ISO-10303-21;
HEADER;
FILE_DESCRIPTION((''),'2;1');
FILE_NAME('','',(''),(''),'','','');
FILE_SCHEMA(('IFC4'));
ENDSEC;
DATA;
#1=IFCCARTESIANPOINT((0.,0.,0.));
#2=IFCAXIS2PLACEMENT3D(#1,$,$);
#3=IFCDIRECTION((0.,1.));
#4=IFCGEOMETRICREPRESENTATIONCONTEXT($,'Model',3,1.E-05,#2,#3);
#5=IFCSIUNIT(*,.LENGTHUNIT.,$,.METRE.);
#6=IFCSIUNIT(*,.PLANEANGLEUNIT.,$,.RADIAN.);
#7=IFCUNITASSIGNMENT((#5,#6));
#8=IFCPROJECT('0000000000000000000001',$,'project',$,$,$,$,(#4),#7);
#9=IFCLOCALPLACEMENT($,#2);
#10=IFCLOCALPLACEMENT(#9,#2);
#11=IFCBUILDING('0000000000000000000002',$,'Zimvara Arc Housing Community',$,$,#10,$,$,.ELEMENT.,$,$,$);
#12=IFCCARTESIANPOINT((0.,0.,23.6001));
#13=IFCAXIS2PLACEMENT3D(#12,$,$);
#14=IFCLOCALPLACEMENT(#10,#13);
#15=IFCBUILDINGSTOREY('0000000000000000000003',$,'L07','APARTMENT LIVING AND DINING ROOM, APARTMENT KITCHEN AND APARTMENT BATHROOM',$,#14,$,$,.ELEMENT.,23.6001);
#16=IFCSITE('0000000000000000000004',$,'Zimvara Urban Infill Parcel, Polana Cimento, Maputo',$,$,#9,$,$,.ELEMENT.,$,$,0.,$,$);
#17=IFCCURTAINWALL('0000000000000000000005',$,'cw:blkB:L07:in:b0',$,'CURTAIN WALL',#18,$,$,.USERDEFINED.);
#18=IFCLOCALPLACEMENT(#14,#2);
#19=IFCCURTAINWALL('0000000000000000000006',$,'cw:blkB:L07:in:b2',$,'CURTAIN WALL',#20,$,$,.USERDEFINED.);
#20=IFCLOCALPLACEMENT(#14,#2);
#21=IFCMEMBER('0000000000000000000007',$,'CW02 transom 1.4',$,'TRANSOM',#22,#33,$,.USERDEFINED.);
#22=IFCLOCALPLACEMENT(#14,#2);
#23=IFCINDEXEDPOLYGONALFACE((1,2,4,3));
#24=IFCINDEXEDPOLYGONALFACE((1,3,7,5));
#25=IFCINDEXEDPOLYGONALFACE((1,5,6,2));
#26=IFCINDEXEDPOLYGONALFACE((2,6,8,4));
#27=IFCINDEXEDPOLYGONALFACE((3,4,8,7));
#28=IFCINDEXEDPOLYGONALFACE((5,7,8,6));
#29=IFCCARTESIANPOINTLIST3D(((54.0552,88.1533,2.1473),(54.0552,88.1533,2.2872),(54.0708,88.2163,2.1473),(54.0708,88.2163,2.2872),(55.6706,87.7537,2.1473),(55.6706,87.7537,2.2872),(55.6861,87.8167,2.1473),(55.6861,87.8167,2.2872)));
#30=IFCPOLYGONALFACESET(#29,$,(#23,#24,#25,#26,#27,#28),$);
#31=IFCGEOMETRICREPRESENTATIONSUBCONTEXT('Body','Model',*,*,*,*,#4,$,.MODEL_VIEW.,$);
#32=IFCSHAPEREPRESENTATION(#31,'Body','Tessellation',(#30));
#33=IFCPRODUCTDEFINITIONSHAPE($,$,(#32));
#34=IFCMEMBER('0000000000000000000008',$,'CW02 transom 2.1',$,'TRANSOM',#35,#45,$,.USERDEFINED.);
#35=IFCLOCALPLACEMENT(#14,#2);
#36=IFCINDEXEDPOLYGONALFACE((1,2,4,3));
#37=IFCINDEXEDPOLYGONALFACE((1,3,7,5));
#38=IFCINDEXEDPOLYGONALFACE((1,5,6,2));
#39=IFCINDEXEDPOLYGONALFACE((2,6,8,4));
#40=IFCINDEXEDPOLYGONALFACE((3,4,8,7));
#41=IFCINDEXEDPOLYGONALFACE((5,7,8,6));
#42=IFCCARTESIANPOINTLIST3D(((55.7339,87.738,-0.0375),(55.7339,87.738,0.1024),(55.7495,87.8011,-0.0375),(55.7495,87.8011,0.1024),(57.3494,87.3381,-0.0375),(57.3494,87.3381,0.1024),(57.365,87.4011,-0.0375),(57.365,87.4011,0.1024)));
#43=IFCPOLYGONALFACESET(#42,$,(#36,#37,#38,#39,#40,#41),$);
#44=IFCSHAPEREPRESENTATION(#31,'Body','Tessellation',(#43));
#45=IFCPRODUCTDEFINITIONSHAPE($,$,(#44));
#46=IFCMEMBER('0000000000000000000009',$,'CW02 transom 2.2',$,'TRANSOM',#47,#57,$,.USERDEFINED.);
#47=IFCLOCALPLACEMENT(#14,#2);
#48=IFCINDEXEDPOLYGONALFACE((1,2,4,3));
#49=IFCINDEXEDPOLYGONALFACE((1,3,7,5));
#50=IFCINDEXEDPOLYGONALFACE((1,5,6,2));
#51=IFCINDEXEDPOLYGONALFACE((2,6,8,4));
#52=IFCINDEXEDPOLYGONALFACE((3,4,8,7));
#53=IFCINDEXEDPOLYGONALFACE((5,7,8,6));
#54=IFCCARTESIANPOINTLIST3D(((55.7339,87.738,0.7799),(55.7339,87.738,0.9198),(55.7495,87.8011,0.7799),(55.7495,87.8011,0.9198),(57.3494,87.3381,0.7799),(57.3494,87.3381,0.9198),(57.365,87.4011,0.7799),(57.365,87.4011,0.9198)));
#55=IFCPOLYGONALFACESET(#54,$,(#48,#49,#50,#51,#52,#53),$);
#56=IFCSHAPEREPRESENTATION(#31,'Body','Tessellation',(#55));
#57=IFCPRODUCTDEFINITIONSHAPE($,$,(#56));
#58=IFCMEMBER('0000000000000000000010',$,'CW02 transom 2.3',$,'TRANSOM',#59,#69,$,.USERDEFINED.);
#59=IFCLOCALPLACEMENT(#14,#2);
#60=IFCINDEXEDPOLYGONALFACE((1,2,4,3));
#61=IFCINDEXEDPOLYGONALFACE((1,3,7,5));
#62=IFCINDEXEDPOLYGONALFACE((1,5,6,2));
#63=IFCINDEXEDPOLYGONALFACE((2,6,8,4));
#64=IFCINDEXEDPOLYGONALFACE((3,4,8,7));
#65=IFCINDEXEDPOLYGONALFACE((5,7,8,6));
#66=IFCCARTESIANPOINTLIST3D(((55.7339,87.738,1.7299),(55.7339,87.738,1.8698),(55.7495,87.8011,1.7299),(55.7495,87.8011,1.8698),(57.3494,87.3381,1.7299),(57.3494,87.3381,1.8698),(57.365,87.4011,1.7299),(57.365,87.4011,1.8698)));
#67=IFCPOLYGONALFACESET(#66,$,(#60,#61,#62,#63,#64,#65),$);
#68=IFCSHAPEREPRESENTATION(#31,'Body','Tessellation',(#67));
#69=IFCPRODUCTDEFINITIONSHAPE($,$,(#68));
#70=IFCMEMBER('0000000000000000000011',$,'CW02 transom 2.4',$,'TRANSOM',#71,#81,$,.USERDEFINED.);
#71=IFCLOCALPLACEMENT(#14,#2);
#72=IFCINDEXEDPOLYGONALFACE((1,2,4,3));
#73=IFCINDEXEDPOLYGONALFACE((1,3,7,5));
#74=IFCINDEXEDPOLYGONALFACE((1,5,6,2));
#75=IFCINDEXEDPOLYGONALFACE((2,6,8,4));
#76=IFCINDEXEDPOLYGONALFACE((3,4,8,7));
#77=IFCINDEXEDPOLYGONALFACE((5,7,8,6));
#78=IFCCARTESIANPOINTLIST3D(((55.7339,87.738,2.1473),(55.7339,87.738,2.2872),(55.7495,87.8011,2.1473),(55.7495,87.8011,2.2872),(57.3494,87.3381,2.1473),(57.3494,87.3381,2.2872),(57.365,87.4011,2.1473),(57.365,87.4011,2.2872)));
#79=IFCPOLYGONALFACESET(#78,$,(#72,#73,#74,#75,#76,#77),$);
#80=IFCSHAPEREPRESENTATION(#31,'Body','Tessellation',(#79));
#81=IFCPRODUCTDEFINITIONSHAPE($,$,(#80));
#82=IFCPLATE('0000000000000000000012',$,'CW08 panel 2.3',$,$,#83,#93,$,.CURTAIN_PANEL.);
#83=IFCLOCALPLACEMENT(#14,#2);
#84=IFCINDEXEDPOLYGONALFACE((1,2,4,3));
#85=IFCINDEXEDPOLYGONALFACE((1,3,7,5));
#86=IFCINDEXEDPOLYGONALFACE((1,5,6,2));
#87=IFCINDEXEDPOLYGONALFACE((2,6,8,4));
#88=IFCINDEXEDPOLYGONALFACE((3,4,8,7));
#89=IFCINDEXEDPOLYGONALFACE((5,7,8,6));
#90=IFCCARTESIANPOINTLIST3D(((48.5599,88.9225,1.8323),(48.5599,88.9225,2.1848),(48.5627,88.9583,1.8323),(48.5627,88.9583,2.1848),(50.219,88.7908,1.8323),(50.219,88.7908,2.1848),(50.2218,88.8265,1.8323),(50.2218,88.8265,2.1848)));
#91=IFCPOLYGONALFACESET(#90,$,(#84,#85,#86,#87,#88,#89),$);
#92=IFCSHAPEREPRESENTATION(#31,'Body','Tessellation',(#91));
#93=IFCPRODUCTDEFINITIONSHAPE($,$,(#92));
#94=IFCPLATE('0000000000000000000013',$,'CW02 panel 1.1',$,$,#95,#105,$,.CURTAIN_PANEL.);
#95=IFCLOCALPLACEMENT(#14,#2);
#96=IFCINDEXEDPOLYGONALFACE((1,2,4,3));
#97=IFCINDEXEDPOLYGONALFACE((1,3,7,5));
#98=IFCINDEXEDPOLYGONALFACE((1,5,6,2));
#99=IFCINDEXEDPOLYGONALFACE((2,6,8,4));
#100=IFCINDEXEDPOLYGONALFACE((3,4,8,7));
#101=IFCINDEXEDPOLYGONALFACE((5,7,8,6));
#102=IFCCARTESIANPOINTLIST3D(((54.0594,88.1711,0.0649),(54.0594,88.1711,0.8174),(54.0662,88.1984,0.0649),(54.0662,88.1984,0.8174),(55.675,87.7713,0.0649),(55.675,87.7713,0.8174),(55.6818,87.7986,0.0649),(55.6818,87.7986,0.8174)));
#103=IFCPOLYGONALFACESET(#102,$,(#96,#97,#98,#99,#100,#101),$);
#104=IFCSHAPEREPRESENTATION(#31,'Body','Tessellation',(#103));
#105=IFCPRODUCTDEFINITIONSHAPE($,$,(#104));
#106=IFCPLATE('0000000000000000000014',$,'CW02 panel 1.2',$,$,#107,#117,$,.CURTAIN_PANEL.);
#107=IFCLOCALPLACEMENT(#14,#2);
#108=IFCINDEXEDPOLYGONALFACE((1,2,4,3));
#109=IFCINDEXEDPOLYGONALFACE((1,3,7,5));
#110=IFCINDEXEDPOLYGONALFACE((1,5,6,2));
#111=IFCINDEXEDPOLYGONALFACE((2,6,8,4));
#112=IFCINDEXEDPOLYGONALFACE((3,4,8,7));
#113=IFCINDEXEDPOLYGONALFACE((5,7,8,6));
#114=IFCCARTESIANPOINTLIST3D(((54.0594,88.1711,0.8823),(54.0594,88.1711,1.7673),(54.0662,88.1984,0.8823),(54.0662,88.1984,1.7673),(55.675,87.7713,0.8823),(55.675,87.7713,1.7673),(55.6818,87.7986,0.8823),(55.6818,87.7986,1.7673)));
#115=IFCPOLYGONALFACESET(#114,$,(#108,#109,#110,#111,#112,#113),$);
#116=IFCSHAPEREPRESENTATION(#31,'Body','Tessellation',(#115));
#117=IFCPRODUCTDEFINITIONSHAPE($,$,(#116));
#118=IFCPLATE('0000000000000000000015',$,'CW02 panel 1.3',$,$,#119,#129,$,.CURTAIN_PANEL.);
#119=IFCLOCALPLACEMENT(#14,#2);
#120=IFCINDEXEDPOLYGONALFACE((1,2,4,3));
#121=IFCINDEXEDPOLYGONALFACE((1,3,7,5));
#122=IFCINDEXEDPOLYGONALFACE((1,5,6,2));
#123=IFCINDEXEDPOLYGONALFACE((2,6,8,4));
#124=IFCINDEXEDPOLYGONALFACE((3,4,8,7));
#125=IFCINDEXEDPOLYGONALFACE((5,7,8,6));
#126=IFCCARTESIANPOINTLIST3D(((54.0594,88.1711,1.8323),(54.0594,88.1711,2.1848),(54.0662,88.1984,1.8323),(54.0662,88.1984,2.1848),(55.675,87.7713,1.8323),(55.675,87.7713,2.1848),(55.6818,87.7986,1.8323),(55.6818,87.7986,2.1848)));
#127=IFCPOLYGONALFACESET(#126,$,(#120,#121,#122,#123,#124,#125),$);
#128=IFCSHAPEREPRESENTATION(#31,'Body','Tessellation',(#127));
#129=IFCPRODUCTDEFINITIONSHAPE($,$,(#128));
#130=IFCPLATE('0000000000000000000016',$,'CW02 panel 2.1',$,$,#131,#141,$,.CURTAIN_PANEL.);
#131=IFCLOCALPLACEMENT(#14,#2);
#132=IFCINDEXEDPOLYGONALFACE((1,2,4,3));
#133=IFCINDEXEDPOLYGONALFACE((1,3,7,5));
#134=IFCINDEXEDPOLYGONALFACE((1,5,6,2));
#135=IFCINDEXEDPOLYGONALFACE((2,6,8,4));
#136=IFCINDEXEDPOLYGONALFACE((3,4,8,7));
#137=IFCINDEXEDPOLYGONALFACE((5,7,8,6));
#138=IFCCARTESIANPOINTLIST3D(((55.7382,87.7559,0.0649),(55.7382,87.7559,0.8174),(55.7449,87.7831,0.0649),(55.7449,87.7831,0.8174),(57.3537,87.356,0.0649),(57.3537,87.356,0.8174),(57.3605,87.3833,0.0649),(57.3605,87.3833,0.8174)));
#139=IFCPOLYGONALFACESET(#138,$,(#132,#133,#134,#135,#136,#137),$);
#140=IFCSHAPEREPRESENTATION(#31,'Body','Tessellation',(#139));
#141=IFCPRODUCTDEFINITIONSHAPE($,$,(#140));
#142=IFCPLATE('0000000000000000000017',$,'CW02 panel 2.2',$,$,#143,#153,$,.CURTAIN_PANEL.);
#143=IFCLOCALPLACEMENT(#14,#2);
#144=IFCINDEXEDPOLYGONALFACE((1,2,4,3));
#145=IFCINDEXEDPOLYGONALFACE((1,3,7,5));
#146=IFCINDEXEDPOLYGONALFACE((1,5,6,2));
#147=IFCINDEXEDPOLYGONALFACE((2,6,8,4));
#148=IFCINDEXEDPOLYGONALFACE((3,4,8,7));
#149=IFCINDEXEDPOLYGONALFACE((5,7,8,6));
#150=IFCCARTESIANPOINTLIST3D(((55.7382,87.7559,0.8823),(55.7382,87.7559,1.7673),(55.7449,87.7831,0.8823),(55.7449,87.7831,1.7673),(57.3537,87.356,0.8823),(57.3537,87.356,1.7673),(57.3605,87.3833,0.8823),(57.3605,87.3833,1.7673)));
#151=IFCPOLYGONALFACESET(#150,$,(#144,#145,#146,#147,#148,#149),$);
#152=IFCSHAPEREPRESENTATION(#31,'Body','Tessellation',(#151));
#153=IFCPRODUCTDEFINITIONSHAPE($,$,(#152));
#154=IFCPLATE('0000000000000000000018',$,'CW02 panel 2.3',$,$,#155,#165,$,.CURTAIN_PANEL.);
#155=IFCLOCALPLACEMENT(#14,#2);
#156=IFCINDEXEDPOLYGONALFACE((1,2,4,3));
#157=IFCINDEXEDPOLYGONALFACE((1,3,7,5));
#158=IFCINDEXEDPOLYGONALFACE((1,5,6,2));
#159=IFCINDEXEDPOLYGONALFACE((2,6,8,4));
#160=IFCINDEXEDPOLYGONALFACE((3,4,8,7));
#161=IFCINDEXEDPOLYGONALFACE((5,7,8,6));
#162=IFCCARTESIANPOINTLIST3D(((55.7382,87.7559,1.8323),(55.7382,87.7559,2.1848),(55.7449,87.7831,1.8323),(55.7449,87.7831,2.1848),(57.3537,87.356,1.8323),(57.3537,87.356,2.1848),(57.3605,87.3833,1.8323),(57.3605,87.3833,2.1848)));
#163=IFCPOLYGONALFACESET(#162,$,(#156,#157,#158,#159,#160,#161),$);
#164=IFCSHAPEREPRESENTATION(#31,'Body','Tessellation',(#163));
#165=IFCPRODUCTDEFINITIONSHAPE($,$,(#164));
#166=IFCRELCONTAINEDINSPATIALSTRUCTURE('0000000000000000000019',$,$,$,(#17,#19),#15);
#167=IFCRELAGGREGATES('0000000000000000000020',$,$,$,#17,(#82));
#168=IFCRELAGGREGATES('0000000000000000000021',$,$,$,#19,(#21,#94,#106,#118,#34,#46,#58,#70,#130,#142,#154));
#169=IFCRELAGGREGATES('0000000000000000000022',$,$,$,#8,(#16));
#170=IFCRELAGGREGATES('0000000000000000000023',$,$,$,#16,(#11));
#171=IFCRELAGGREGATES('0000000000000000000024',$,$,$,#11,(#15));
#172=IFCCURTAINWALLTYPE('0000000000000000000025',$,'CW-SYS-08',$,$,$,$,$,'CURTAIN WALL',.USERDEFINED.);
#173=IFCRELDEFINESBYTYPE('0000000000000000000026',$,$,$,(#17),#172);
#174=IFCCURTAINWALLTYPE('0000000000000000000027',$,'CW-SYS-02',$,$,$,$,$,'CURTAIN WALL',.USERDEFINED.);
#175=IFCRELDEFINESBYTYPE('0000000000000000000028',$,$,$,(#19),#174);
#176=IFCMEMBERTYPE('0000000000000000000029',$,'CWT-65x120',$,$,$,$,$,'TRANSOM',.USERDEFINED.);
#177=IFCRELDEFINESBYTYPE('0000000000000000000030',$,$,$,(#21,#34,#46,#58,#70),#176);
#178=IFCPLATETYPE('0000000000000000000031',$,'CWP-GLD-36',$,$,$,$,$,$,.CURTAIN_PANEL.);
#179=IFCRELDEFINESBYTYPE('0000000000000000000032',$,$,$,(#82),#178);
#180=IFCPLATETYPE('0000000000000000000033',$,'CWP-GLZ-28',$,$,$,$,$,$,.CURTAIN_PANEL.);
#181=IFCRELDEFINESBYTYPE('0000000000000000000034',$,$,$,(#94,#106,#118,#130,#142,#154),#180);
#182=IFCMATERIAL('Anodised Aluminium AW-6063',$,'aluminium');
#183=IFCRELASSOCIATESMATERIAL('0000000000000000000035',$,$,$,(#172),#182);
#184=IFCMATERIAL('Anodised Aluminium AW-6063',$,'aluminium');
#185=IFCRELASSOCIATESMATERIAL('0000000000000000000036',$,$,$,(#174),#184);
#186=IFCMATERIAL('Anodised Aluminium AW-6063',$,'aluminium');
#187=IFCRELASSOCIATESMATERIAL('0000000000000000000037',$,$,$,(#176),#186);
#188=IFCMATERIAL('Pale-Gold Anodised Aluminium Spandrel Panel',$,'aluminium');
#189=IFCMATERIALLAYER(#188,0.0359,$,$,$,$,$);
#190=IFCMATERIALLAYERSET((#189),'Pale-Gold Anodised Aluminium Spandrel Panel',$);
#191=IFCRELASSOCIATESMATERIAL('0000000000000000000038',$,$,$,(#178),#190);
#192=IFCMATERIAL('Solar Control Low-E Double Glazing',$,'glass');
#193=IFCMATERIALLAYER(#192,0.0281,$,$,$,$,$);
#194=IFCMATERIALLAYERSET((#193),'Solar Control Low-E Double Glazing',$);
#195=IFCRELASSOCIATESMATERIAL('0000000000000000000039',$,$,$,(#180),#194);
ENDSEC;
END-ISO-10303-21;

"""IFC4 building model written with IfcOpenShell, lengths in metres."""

from ifc_helpers import new_model, si_unit, direction, frame, origin, origin_2d, place, context, subcontext, project, spatial, rectangle, extrude, material, layer, layer_set, material_profile, profile_set, type_object, element, aggregate, save


model = new_model("IFC4")

# Units and contexts
model_context = context("Model", 3, precision=1e-05, world=origin(), true_north=direction((0.0, 1.0)))
body_context = subcontext(model_context, "Body", "Model", "MODEL_VIEW")
ifc_project = project(units=[si_unit("LENGTHUNIT", "METRE"), si_unit("PLANEANGLEUNIT", "RADIAN")], contexts=[model_context])

# Site, building, storey
site_placement = place(None, origin())
site = spatial("IfcSite", under=ifc_project, at=site_placement, Name="Zimvara Urban Infill Parcel, Polana Cimento, Maputo", CompositionType="ELEMENT", RefElevation=0.0)
building_placement = place(site_placement, origin())
building = spatial("IfcBuilding", under=site, at=building_placement, Name="Zimvara Arc Housing Community", CompositionType="ELEMENT")
storey_placement = place(building_placement, frame((0.0, 0.0, 23.6001)))
storey = spatial("IfcBuildingStorey", under=building, at=storey_placement, Name="L07", Description="APARTMENT LIVING AND DINING ROOM, APARTMENT KITCHEN AND APARTMENT BATHROOM", CompositionType="ELEMENT", Elevation=23.6001)

# Curtain wall
ifc_material_1 = material(Name="Anodised Aluminium AW-6063", Category="aluminium")
curtain_wall_type_1 = type_object("IfcCurtainWallType", Name="CW-SYS-08", ElementType="CURTAIN WALL", PredefinedType="USERDEFINED", material=ifc_material_1)
curtain_wall_1_placement = place(storey_placement, origin())
curtain_wall_1 = element("IfcCurtainWall", 1, at=curtain_wall_1_placement, inside=storey, type_object=curtain_wall_type_1, Name="cw:blkB:L07:in:b0", ObjectType="CURTAIN WALL", PredefinedType="USERDEFINED")

# Curtain wall, members
ifc_material_2 = material(Name="Anodised Aluminium AW-6063", Category="aluminium")
curtain_wall_type_2 = type_object("IfcCurtainWallType", Name="CW-SYS-02", ElementType="CURTAIN WALL", PredefinedType="USERDEFINED", material=ifc_material_2)
curtain_wall_2_placement = place(storey_placement, origin())
curtain_wall_2 = element("IfcCurtainWall", 2, at=curtain_wall_2_placement, inside=storey, type_object=curtain_wall_type_2, Name="cw:blkB:L07:in:b2", ObjectType="CURTAIN WALL", PredefinedType="USERDEFINED")
ifc_material_3 = material(Name="Anodised Aluminium AW-6063", Category="aluminium")
ifc_material_profile_1 = material_profile(ifc_material_3, rectangle(XDim=0.0649, YDim=0.1399, at=origin_2d()), Name="ALU 65x140")
ifc_profile_set_1 = profile_set([ifc_material_profile_1], Name="Anodised Aluminium AW-6063")
member_type_1 = type_object("IfcMemberType", Name="CWT-65x120", ElementType="TRANSOM", PredefinedType="USERDEFINED", material=ifc_profile_set_1)
member_1_placement = place(storey_placement, frame((54.063, 88.1848, 2.2173), z_axis=(0.970735, -0.240153, 0.0), x_axis=(0.240153, 0.970735, 0.0)))
member_1 = element("IfcMember", 3, at=member_1_placement, type_object=member_type_1, Name="CW02 transom 1.4", ObjectType="TRANSOM", PredefinedType="USERDEFINED", context=body_context, shape_type="SweptSolid", body=[
    extrude(rectangle(XDim=0.0649, YDim=0.1399, at=origin_2d()), origin(), (0.0, 0.0, 1.0), 1.6641),
])
member_2_placement = place(storey_placement, frame((55.7417, 87.7695, 0.0325), z_axis=(0.970701, -0.240291, 0.0), x_axis=(0.240291, 0.970701, 0.0)))
member_2 = element("IfcMember", 4, at=member_2_placement, type_object=member_type_1, Name="CW02 transom 2.1", ObjectType="TRANSOM", PredefinedType="USERDEFINED", context=body_context, shape_type="SweptSolid", body=[
    extrude(rectangle(XDim=0.0649, YDim=0.1399, at=origin_2d()), origin(), (0.0, 0.0, 1.0), 1.6643),
])
member_3_placement = place(storey_placement, frame((55.7417, 87.7695, 0.8499), z_axis=(0.970701, -0.240291, 0.0), x_axis=(0.240291, 0.970701, 0.0)))
member_3 = element("IfcMember", 5, at=member_3_placement, type_object=member_type_1, Name="CW02 transom 2.2", ObjectType="TRANSOM", PredefinedType="USERDEFINED", context=body_context, shape_type="SweptSolid", body=[
    extrude(rectangle(XDim=0.0649, YDim=0.1399, at=origin_2d()), origin(), (0.0, 0.0, 1.0), 1.6643),
])
member_4_placement = place(storey_placement, frame((55.7417, 87.7695, 1.7998), z_axis=(0.970701, -0.240291, 0.0), x_axis=(0.240291, 0.970701, 0.0)))
member_4 = element("IfcMember", 6, at=member_4_placement, type_object=member_type_1, Name="CW02 transom 2.3", ObjectType="TRANSOM", PredefinedType="USERDEFINED", context=body_context, shape_type="SweptSolid", body=[
    extrude(rectangle(XDim=0.0649, YDim=0.1399, at=origin_2d()), origin(), (0.0, 0.0, 1.0), 1.6643),
])
member_5_placement = place(storey_placement, frame((55.7417, 87.7695, 2.2173), z_axis=(0.970701, -0.240291, 0.0), x_axis=(0.240291, 0.970701, 0.0)))
member_5 = element("IfcMember", 7, at=member_5_placement, type_object=member_type_1, Name="CW02 transom 2.4", ObjectType="TRANSOM", PredefinedType="USERDEFINED", context=body_context, shape_type="SweptSolid", body=[
    extrude(rectangle(XDim=0.0649, YDim=0.1399, at=origin_2d()), origin(), (0.0, 0.0, 1.0), 1.6643),
])

# Plates
ifc_material_4 = material(Name="Pale-Gold Anodised Aluminium Spandrel Panel", Category="aluminium")
ifc_layer_1 = layer(ifc_material_4, 0.0359)
ifc_layer_set_1 = layer_set([ifc_layer_1], Name="Pale-Gold Anodised Aluminium Spandrel Panel")
plate_type_1 = type_object("IfcPlateType", Name="CWP-GLD-36", PredefinedType="CURTAIN_PANEL", material=ifc_layer_set_1)
plate_1_placement = place(storey_placement, frame((49.3909, 88.8745, 1.8323), z_axis=(0.0, 0.0, 1.0), x_axis=(0.996862, -0.079155, 0.0)))
plate_1 = element("IfcPlate", 8, at=plate_1_placement, type_object=plate_type_1, Name="CW08 panel 2.3", PredefinedType="CURTAIN_PANEL", context=body_context, shape_type="SweptSolid", body=[
    extrude(rectangle(XDim=1.6643, YDim=0.0359, at=origin_2d()), origin(), (0.0, 0.0, 1.0), 0.3525),
])
aggregate(curtain_wall_1, [plate_1])
ifc_material_5 = material(Name="Solar Control Low-E Double Glazing", Category="glass")
ifc_layer_2 = layer(ifc_material_5, 0.0281)
ifc_layer_set_2 = layer_set([ifc_layer_2], Name="Solar Control Low-E Double Glazing")
plate_type_2 = type_object("IfcPlateType", Name="CWP-GLZ-28", PredefinedType="CURTAIN_PANEL", material=ifc_layer_set_2)
plate_2_placement = place(storey_placement, frame((54.8706, 87.9849, 0.0649), z_axis=(0.0, 0.0, 1.0), x_axis=(0.970717, -0.240228, 0.0)))
plate_2 = element("IfcPlate", 9, at=plate_2_placement, type_object=plate_type_2, Name="CW02 panel 1.1", PredefinedType="CURTAIN_PANEL", context=body_context, shape_type="SweptSolid", body=[
    extrude(rectangle(XDim=1.6643, YDim=0.0281, at=origin_2d()), origin(), (0.0, 0.0, 1.0), 0.7524),
])
plate_3_placement = place(storey_placement, frame((54.8706, 87.9849, 0.8823), z_axis=(0.0, 0.0, 1.0), x_axis=(0.970717, -0.240228, 0.0)))
plate_3 = element("IfcPlate", 10, at=plate_3_placement, type_object=plate_type_2, Name="CW02 panel 1.2", PredefinedType="CURTAIN_PANEL", context=body_context, shape_type="SweptSolid", body=[
    extrude(rectangle(XDim=1.6643, YDim=0.0281, at=origin_2d()), origin(), (0.0, 0.0, 1.0), 0.885),
])
plate_4_placement = place(storey_placement, frame((54.8706, 87.9849, 1.8323), z_axis=(0.0, 0.0, 1.0), x_axis=(0.970717, -0.240228, 0.0)))
plate_4 = element("IfcPlate", 11, at=plate_4_placement, type_object=plate_type_2, Name="CW02 panel 1.3", PredefinedType="CURTAIN_PANEL", context=body_context, shape_type="SweptSolid", body=[
    extrude(rectangle(XDim=1.6643, YDim=0.0281, at=origin_2d()), origin(), (0.0, 0.0, 1.0), 0.3525),
])
plate_5_placement = place(storey_placement, frame((56.5493, 87.5696, 0.0649), z_axis=(0.0, 0.0, 1.0), x_axis=(0.970717, -0.240228, 0.0)))
plate_5 = element("IfcPlate", 12, at=plate_5_placement, type_object=plate_type_2, Name="CW02 panel 2.1", PredefinedType="CURTAIN_PANEL", context=body_context, shape_type="SweptSolid", body=[
    extrude(rectangle(XDim=1.6643, YDim=0.0281, at=origin_2d()), origin(), (0.0, 0.0, 1.0), 0.7524),
])
plate_6_placement = place(storey_placement, frame((56.5493, 87.5696, 0.8823), z_axis=(0.0, 0.0, 1.0), x_axis=(0.970717, -0.240228, 0.0)))
plate_6 = element("IfcPlate", 13, at=plate_6_placement, type_object=plate_type_2, Name="CW02 panel 2.2", PredefinedType="CURTAIN_PANEL", context=body_context, shape_type="SweptSolid", body=[
    extrude(rectangle(XDim=1.6643, YDim=0.0281, at=origin_2d()), origin(), (0.0, 0.0, 1.0), 0.885),
])
plate_7_placement = place(storey_placement, frame((56.5493, 87.5696, 1.8323), z_axis=(0.0, 0.0, 1.0), x_axis=(0.970717, -0.240228, 0.0)))
plate_7 = element("IfcPlate", 14, at=plate_7_placement, type_object=plate_type_2, Name="CW02 panel 2.3", PredefinedType="CURTAIN_PANEL", context=body_context, shape_type="SweptSolid", body=[
    extrude(rectangle(XDim=1.6643, YDim=0.0281, at=origin_2d()), origin(), (0.0, 0.0, 1.0), 0.3525),
])
aggregate(curtain_wall_2, [member_1, plate_2, plate_3, plate_4, member_2, member_3, member_4, member_5, plate_5, plate_6, plate_7])

save(model, "model.ifc")
